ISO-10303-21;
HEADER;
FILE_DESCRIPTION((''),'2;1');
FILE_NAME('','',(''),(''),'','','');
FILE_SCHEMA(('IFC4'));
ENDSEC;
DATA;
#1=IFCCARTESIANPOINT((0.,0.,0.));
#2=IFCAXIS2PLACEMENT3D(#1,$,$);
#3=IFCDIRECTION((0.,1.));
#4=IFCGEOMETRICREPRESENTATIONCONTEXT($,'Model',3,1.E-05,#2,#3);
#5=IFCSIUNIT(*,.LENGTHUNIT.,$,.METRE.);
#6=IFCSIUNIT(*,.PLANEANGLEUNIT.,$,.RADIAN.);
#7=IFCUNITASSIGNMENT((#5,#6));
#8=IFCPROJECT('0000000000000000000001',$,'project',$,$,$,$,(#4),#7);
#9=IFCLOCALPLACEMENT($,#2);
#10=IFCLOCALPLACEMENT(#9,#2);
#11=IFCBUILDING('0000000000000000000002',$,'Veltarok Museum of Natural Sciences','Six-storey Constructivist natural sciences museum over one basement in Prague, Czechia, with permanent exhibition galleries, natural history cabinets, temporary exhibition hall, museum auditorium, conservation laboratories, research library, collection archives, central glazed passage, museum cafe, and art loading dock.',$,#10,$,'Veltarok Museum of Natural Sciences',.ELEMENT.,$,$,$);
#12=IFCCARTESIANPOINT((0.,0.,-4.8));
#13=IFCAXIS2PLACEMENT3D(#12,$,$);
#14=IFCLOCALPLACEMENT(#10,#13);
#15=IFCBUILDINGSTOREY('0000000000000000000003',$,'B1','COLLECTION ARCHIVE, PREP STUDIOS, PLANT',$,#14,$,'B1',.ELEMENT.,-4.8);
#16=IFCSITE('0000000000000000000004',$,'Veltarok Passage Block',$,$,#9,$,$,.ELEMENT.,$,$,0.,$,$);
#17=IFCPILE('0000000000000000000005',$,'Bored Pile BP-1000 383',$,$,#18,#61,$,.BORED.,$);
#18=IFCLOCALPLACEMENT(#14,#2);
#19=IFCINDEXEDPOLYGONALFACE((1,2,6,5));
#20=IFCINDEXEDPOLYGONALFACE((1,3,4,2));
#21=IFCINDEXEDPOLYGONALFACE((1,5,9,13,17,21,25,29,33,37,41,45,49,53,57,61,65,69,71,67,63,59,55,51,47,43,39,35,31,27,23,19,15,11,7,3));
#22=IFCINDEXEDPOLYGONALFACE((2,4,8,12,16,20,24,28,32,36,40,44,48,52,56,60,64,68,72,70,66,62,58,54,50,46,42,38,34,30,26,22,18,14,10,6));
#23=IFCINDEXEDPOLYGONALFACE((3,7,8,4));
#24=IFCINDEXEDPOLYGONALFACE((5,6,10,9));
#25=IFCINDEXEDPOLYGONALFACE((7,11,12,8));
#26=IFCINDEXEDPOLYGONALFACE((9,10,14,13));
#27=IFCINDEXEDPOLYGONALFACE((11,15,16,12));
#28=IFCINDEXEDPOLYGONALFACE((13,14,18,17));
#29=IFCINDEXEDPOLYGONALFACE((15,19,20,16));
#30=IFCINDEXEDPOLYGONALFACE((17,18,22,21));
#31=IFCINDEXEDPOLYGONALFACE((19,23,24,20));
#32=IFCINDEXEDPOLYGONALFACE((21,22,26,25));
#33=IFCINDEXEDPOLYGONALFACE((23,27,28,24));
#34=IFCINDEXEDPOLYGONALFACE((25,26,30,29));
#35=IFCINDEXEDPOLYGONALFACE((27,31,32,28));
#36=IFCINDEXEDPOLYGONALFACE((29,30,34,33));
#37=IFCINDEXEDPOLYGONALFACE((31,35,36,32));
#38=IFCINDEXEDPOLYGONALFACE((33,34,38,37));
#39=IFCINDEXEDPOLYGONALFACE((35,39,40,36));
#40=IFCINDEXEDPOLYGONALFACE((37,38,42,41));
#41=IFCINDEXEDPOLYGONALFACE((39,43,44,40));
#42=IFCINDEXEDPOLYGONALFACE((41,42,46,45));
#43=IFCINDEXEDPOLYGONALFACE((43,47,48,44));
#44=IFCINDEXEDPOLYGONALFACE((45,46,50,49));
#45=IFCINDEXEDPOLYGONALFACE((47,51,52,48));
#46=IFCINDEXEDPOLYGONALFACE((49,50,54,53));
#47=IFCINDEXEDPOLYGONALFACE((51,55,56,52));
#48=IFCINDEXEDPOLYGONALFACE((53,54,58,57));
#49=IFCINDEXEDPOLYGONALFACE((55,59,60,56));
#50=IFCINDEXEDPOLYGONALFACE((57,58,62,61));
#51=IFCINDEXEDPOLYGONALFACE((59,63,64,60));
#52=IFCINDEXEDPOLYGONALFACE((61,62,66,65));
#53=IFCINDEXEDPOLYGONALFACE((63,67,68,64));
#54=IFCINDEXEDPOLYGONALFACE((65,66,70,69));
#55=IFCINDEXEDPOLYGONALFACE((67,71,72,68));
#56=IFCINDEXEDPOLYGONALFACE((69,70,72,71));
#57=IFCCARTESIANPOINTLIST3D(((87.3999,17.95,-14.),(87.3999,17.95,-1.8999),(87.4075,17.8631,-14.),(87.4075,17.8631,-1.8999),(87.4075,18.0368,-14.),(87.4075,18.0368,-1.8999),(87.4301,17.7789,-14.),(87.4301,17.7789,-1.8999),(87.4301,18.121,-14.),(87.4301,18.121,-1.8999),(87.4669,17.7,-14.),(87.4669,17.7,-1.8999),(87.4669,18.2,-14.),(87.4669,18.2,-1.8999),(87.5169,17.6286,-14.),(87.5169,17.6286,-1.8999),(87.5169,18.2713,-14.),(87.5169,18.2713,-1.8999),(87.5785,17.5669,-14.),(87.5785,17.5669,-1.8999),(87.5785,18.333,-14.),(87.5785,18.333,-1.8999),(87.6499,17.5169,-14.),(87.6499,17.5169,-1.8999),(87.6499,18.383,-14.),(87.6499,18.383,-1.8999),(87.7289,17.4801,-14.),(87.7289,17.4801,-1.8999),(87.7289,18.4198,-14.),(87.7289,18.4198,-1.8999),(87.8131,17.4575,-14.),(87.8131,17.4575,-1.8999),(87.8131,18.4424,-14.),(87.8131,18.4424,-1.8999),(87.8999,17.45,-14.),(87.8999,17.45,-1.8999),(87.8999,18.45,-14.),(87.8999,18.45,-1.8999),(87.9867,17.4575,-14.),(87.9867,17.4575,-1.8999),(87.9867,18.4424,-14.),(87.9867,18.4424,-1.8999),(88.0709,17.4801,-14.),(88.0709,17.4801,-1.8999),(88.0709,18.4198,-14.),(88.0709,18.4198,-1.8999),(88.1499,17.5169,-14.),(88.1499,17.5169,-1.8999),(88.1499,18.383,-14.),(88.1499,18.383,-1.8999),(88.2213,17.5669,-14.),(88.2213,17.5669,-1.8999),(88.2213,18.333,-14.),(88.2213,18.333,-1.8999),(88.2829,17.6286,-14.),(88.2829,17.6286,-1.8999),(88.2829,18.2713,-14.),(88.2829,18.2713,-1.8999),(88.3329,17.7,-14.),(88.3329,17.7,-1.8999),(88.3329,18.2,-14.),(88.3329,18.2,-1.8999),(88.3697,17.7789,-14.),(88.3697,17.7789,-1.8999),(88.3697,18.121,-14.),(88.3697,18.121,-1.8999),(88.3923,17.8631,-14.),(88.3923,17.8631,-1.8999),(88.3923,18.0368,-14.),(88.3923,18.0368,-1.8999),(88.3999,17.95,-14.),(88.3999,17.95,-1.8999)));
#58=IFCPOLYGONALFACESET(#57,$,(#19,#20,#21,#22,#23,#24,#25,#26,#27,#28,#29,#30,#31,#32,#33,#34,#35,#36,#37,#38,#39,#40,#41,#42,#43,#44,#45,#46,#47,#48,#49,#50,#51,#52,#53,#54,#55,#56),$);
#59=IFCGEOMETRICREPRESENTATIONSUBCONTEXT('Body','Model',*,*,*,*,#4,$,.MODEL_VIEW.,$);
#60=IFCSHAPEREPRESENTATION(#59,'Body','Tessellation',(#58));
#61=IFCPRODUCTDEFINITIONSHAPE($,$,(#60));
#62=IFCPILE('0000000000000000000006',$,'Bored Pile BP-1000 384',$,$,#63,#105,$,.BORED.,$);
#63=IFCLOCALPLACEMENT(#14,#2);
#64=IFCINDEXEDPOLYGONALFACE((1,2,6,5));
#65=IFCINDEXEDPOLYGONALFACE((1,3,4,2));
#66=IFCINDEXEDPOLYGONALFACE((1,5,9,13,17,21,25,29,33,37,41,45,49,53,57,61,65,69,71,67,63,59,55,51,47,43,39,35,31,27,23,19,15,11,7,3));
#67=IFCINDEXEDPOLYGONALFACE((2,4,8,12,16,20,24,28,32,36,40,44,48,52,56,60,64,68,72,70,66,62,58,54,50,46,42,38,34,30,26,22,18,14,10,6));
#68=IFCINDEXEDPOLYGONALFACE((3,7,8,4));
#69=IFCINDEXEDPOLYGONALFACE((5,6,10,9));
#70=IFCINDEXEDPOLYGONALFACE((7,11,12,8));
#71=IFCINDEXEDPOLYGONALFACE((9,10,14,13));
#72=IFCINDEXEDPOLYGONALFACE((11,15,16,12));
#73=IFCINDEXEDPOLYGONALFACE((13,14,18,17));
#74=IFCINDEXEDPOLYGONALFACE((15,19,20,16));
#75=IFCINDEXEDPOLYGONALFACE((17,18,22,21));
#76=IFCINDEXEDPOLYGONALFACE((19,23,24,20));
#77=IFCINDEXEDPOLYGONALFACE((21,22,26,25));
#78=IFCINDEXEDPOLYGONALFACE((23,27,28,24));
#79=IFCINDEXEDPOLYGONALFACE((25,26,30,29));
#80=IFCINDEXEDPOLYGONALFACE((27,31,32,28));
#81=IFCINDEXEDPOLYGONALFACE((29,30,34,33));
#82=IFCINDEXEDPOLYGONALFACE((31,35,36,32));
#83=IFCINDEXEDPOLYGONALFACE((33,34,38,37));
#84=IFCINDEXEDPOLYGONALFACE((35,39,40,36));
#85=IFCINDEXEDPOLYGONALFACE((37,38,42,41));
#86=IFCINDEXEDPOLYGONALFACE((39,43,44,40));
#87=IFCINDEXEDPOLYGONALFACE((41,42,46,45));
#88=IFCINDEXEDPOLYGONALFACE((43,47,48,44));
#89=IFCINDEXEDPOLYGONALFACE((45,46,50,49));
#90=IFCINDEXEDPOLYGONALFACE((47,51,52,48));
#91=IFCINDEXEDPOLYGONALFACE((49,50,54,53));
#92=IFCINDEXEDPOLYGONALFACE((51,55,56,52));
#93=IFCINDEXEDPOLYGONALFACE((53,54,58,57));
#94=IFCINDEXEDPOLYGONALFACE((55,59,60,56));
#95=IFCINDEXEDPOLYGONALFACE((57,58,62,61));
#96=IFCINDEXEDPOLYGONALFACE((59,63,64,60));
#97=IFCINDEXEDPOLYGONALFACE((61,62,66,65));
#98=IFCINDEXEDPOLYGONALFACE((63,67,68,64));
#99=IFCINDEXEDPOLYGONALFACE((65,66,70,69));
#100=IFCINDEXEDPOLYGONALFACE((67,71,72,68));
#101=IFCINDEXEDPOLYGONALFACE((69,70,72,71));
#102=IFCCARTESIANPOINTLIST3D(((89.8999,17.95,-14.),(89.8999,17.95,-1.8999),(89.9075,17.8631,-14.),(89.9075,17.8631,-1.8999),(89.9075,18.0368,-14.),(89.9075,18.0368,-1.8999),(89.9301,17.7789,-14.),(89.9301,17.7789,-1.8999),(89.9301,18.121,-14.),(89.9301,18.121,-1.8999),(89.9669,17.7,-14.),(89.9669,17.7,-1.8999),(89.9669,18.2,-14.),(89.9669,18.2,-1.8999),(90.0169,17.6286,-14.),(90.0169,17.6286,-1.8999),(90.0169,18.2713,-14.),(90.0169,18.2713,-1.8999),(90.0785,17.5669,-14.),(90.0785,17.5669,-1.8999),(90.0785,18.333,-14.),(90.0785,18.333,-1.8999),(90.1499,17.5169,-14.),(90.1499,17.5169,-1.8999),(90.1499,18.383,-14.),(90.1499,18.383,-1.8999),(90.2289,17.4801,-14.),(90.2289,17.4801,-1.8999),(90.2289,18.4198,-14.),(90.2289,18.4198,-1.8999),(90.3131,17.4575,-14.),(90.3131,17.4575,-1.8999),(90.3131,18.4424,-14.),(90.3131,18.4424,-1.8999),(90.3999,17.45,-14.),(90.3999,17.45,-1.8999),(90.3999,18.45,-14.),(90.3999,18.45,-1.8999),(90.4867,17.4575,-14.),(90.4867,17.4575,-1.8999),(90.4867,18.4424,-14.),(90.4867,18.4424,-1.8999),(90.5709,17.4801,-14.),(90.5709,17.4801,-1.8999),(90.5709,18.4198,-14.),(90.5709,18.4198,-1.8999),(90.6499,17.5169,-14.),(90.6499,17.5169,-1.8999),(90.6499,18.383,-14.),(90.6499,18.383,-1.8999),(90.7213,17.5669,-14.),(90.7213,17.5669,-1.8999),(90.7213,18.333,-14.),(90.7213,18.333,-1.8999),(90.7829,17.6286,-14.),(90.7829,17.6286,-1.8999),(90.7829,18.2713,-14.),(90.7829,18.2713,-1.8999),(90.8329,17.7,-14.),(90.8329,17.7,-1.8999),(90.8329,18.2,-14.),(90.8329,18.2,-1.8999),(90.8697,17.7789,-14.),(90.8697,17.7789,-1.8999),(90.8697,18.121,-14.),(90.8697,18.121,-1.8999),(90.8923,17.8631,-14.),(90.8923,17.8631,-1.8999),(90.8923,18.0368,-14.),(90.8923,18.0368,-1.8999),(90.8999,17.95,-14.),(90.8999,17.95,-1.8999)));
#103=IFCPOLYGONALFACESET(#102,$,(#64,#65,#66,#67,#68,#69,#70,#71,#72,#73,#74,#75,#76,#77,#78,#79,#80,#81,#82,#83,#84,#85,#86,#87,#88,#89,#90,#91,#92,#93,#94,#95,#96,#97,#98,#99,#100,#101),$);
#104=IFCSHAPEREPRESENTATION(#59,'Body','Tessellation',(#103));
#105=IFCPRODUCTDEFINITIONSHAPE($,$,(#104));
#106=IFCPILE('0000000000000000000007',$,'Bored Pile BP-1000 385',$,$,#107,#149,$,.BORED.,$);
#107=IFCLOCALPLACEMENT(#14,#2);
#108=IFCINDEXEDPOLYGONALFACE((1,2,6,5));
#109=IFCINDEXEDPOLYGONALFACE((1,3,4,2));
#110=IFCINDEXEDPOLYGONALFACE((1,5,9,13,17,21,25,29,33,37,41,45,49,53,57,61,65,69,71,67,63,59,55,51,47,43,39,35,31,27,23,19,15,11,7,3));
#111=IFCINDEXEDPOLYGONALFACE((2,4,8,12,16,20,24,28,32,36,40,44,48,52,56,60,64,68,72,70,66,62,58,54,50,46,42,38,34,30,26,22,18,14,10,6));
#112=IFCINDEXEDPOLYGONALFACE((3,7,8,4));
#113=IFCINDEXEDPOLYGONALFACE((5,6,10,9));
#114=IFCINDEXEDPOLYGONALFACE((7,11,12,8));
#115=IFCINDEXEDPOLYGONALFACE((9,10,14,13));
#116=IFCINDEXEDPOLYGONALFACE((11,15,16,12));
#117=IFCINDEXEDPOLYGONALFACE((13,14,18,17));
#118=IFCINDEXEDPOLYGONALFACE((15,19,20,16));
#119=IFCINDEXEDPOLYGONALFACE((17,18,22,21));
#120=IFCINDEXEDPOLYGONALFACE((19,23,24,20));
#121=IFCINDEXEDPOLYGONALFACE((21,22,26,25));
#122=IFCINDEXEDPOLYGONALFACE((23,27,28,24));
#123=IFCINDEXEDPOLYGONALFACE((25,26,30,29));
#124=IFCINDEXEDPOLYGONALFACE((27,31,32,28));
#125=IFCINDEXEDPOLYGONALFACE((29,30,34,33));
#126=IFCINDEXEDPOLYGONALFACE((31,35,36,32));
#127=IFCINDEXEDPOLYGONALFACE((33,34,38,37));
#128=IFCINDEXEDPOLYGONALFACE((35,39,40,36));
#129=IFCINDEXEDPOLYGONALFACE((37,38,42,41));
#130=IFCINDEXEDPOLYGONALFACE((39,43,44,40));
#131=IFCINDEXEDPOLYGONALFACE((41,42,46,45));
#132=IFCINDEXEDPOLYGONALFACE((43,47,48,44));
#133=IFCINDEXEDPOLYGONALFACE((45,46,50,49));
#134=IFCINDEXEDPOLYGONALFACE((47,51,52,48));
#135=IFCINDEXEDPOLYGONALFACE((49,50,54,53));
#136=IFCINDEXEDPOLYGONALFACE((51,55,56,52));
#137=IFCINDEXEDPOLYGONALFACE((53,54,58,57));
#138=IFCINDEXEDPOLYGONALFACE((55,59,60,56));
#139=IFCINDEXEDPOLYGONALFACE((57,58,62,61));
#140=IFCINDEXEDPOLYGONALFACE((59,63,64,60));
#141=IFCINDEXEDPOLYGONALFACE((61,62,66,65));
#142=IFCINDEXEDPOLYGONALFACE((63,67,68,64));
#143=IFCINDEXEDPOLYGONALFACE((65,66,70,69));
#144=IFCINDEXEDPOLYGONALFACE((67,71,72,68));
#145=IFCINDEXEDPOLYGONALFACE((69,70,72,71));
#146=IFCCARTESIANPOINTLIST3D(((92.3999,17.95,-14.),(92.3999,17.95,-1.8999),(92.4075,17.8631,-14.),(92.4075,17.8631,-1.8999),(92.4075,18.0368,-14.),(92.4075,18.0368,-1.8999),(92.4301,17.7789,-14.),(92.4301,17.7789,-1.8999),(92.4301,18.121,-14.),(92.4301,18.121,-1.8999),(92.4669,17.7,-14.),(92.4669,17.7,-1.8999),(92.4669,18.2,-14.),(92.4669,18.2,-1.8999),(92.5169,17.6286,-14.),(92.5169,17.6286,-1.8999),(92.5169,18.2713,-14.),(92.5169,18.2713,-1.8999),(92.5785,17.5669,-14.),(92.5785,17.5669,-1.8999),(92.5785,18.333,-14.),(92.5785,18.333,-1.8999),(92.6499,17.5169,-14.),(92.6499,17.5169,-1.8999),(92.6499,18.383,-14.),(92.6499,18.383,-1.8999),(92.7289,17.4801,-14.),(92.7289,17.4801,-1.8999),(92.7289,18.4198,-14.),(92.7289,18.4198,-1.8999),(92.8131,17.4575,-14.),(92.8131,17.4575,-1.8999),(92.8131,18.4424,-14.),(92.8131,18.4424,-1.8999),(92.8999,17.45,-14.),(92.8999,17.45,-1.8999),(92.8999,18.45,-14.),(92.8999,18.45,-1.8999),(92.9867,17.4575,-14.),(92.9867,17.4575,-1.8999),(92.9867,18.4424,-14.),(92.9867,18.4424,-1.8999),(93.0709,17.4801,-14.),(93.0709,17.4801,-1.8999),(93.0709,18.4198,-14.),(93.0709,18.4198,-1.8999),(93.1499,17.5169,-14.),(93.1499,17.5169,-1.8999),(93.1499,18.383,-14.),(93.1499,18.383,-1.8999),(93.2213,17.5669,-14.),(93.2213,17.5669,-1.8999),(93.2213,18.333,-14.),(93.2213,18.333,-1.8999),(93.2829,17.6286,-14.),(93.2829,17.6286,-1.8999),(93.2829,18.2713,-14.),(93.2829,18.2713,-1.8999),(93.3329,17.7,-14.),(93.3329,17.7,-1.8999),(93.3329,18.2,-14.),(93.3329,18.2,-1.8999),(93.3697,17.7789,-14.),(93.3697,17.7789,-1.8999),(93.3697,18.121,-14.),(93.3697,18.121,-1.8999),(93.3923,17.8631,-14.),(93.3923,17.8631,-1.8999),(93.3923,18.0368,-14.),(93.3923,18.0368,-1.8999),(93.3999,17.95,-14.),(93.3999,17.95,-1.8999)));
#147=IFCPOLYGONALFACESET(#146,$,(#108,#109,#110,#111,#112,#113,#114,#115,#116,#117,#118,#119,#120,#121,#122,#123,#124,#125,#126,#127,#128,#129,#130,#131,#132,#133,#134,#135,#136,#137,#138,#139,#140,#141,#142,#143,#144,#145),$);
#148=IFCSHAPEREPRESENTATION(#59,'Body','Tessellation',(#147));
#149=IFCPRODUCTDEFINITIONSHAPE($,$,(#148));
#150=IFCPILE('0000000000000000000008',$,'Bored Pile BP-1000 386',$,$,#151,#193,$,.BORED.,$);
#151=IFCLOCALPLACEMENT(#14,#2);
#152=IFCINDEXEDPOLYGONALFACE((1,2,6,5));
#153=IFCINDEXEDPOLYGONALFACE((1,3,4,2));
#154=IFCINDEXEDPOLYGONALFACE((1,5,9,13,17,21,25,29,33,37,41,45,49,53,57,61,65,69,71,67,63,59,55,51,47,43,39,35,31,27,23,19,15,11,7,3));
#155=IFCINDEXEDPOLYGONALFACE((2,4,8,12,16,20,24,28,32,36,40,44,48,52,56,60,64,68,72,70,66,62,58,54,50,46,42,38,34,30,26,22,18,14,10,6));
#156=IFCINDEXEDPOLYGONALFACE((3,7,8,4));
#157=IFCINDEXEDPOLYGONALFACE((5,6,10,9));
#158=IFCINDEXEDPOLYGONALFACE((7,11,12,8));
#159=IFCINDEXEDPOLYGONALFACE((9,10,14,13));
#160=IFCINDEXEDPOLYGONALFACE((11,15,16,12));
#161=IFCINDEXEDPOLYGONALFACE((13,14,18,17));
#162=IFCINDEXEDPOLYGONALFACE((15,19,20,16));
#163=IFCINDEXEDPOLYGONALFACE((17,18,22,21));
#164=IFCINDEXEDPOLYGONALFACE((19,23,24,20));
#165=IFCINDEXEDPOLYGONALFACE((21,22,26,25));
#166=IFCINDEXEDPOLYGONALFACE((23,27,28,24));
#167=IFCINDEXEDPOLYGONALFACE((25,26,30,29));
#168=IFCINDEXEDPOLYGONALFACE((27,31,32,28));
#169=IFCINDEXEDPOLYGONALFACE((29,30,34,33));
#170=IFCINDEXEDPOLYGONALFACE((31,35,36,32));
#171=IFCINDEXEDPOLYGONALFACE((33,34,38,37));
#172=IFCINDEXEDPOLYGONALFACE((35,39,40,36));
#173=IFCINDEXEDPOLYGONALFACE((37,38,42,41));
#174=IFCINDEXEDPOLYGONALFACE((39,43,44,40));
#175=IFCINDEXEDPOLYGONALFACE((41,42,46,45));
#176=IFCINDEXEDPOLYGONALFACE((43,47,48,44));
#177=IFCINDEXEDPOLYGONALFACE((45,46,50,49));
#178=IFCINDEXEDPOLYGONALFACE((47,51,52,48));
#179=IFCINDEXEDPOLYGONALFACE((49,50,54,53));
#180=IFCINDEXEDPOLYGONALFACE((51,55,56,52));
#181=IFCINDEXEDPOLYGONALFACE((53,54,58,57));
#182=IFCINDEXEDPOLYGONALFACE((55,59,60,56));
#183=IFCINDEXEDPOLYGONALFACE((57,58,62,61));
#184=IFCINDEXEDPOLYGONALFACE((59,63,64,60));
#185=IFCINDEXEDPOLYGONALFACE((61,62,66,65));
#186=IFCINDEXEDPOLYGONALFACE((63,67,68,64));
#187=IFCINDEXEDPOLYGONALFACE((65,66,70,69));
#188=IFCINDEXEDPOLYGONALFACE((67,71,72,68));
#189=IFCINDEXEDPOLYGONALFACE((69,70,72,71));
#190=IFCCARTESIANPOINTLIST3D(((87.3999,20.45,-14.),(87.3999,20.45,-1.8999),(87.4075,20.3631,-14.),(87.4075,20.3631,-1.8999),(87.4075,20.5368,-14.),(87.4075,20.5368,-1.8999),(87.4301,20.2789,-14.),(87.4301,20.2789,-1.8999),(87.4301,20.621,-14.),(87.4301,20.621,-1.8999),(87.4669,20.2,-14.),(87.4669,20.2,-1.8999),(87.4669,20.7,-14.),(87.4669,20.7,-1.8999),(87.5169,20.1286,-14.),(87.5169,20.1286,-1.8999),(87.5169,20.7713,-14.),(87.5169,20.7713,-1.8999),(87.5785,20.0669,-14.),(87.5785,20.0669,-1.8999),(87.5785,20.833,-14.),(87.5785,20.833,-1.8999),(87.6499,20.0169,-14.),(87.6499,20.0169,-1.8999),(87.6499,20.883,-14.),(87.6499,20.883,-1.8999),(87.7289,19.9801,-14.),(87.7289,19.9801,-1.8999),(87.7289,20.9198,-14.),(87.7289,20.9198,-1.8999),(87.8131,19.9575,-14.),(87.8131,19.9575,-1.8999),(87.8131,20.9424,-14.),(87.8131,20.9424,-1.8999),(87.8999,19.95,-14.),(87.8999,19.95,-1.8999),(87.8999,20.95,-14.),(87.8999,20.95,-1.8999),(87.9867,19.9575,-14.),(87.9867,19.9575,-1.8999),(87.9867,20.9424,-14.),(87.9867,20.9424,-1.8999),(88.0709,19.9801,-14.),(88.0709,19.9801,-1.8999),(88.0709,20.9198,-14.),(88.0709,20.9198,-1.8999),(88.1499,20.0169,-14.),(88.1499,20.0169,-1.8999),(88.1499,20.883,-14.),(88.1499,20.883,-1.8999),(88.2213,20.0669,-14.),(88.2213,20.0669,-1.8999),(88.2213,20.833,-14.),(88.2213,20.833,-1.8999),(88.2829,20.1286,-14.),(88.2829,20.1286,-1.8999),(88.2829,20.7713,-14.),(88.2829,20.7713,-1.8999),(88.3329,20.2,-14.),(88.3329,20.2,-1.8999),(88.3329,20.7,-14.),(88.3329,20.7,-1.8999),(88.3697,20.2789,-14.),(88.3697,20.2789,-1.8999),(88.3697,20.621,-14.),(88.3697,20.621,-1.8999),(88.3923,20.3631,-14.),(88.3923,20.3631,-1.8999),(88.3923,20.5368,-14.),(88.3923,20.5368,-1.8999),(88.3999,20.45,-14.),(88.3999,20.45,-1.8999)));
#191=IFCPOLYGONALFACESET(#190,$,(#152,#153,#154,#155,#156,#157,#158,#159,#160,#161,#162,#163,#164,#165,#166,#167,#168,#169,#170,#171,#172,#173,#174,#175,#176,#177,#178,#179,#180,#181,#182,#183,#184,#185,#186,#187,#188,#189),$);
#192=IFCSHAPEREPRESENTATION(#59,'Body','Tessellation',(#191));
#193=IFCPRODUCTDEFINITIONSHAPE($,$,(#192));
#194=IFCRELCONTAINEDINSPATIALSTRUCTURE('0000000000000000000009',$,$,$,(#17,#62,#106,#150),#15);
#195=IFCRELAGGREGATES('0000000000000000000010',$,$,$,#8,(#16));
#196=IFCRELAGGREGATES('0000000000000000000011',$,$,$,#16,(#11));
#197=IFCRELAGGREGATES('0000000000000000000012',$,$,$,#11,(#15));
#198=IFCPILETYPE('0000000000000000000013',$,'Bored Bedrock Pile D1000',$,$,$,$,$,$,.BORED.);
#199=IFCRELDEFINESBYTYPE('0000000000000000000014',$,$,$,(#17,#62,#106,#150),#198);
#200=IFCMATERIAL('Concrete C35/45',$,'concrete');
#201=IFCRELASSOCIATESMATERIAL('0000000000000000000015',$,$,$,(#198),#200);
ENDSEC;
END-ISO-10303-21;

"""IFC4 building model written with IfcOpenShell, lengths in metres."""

from ifc_helpers import new_model, si_unit, direction, frame, origin, origin_2d, place, context, subcontext, project, spatial, circle, extrude, material, material_profile, profile_set, type_object, element, save


model = new_model("IFC4")

# Units and contexts
model_context = context("Model", 3, precision=1e-05, world=origin(), true_north=direction((0.0, 1.0)))
body_context = subcontext(model_context, "Body", "Model", "MODEL_VIEW")
ifc_project = project(units=[si_unit("LENGTHUNIT", "METRE"), si_unit("PLANEANGLEUNIT", "RADIAN")], contexts=[model_context])

# Site, building, storey
site_placement = place(None, origin())
site = spatial("IfcSite", under=ifc_project, at=site_placement, Name="Veltarok Passage Block", CompositionType="ELEMENT", RefElevation=0.0)
building_placement = place(site_placement, origin())
building = spatial("IfcBuilding", under=site, at=building_placement, Name="Veltarok Museum of Natural Sciences", Description="Six-storey Constructivist natural sciences museum over one basement in Prague, Czechia, with permanent exhibition galleries, natural history cabinets, temporary exhibition hall, museum auditorium, conservation laboratories, research library, collection archives, central glazed passage, museum cafe, and art loading dock.", LongName="Veltarok Museum of Natural Sciences", CompositionType="ELEMENT")
storey_placement = place(building_placement, frame((0.0, 0.0, -4.8)))
storey = spatial("IfcBuildingStorey", under=building, at=storey_placement, Name="B1", Description="COLLECTION ARCHIVE, PREP STUDIOS, PLANT", LongName="B1", CompositionType="ELEMENT", Elevation=-4.8)

# Piles
ifc_material_1 = material(Name="Concrete C35/45", Category="concrete")
ifc_material_profile_1 = material_profile(ifc_material_1, circle(Radius=0.5, at=origin_2d()), Name="BP D1000")
ifc_profile_set_1 = profile_set([ifc_material_profile_1], Name="Concrete C35/45")
pile_type_1 = type_object("IfcPileType", Name="Bored Bedrock Pile D1000", PredefinedType="BORED", material=ifc_profile_set_1)
for number, where, z_axis, x_axis, name in (
    (1, (87.8999, 17.95, -1.8999), (0.0, 0.0, -1.0), (1.0, 0.0, 0.0), "Bored Pile BP-1000 383"),
    (2, (90.3999, 17.95, -1.8999), (0.0, 0.0, -1.0), (1.0, 0.0, 0.0), "Bored Pile BP-1000 384"),
    (3, (92.8999, 17.95, -1.8999), (0.0, 0.0, -1.0), (1.0, 0.0, 0.0), "Bored Pile BP-1000 385"),
    (4, (87.8999, 20.45, -1.8999), (0.0, 0.0, -1.0), (1.0, 0.0, 0.0), "Bored Pile BP-1000 386"),
):
    element("IfcPile", number, at=place(storey_placement, frame(where, z_axis=z_axis, x_axis=x_axis)), inside=storey, type_object=pile_type_1, Name=name, PredefinedType="BORED", context=body_context, shape_type="SweptSolid", body=[
        extrude(circle(Radius=0.5, at=origin_2d()), origin(), (0.0, 0.0, 1.0), 12.1001),
    ])

save(model, "model.ifc")
